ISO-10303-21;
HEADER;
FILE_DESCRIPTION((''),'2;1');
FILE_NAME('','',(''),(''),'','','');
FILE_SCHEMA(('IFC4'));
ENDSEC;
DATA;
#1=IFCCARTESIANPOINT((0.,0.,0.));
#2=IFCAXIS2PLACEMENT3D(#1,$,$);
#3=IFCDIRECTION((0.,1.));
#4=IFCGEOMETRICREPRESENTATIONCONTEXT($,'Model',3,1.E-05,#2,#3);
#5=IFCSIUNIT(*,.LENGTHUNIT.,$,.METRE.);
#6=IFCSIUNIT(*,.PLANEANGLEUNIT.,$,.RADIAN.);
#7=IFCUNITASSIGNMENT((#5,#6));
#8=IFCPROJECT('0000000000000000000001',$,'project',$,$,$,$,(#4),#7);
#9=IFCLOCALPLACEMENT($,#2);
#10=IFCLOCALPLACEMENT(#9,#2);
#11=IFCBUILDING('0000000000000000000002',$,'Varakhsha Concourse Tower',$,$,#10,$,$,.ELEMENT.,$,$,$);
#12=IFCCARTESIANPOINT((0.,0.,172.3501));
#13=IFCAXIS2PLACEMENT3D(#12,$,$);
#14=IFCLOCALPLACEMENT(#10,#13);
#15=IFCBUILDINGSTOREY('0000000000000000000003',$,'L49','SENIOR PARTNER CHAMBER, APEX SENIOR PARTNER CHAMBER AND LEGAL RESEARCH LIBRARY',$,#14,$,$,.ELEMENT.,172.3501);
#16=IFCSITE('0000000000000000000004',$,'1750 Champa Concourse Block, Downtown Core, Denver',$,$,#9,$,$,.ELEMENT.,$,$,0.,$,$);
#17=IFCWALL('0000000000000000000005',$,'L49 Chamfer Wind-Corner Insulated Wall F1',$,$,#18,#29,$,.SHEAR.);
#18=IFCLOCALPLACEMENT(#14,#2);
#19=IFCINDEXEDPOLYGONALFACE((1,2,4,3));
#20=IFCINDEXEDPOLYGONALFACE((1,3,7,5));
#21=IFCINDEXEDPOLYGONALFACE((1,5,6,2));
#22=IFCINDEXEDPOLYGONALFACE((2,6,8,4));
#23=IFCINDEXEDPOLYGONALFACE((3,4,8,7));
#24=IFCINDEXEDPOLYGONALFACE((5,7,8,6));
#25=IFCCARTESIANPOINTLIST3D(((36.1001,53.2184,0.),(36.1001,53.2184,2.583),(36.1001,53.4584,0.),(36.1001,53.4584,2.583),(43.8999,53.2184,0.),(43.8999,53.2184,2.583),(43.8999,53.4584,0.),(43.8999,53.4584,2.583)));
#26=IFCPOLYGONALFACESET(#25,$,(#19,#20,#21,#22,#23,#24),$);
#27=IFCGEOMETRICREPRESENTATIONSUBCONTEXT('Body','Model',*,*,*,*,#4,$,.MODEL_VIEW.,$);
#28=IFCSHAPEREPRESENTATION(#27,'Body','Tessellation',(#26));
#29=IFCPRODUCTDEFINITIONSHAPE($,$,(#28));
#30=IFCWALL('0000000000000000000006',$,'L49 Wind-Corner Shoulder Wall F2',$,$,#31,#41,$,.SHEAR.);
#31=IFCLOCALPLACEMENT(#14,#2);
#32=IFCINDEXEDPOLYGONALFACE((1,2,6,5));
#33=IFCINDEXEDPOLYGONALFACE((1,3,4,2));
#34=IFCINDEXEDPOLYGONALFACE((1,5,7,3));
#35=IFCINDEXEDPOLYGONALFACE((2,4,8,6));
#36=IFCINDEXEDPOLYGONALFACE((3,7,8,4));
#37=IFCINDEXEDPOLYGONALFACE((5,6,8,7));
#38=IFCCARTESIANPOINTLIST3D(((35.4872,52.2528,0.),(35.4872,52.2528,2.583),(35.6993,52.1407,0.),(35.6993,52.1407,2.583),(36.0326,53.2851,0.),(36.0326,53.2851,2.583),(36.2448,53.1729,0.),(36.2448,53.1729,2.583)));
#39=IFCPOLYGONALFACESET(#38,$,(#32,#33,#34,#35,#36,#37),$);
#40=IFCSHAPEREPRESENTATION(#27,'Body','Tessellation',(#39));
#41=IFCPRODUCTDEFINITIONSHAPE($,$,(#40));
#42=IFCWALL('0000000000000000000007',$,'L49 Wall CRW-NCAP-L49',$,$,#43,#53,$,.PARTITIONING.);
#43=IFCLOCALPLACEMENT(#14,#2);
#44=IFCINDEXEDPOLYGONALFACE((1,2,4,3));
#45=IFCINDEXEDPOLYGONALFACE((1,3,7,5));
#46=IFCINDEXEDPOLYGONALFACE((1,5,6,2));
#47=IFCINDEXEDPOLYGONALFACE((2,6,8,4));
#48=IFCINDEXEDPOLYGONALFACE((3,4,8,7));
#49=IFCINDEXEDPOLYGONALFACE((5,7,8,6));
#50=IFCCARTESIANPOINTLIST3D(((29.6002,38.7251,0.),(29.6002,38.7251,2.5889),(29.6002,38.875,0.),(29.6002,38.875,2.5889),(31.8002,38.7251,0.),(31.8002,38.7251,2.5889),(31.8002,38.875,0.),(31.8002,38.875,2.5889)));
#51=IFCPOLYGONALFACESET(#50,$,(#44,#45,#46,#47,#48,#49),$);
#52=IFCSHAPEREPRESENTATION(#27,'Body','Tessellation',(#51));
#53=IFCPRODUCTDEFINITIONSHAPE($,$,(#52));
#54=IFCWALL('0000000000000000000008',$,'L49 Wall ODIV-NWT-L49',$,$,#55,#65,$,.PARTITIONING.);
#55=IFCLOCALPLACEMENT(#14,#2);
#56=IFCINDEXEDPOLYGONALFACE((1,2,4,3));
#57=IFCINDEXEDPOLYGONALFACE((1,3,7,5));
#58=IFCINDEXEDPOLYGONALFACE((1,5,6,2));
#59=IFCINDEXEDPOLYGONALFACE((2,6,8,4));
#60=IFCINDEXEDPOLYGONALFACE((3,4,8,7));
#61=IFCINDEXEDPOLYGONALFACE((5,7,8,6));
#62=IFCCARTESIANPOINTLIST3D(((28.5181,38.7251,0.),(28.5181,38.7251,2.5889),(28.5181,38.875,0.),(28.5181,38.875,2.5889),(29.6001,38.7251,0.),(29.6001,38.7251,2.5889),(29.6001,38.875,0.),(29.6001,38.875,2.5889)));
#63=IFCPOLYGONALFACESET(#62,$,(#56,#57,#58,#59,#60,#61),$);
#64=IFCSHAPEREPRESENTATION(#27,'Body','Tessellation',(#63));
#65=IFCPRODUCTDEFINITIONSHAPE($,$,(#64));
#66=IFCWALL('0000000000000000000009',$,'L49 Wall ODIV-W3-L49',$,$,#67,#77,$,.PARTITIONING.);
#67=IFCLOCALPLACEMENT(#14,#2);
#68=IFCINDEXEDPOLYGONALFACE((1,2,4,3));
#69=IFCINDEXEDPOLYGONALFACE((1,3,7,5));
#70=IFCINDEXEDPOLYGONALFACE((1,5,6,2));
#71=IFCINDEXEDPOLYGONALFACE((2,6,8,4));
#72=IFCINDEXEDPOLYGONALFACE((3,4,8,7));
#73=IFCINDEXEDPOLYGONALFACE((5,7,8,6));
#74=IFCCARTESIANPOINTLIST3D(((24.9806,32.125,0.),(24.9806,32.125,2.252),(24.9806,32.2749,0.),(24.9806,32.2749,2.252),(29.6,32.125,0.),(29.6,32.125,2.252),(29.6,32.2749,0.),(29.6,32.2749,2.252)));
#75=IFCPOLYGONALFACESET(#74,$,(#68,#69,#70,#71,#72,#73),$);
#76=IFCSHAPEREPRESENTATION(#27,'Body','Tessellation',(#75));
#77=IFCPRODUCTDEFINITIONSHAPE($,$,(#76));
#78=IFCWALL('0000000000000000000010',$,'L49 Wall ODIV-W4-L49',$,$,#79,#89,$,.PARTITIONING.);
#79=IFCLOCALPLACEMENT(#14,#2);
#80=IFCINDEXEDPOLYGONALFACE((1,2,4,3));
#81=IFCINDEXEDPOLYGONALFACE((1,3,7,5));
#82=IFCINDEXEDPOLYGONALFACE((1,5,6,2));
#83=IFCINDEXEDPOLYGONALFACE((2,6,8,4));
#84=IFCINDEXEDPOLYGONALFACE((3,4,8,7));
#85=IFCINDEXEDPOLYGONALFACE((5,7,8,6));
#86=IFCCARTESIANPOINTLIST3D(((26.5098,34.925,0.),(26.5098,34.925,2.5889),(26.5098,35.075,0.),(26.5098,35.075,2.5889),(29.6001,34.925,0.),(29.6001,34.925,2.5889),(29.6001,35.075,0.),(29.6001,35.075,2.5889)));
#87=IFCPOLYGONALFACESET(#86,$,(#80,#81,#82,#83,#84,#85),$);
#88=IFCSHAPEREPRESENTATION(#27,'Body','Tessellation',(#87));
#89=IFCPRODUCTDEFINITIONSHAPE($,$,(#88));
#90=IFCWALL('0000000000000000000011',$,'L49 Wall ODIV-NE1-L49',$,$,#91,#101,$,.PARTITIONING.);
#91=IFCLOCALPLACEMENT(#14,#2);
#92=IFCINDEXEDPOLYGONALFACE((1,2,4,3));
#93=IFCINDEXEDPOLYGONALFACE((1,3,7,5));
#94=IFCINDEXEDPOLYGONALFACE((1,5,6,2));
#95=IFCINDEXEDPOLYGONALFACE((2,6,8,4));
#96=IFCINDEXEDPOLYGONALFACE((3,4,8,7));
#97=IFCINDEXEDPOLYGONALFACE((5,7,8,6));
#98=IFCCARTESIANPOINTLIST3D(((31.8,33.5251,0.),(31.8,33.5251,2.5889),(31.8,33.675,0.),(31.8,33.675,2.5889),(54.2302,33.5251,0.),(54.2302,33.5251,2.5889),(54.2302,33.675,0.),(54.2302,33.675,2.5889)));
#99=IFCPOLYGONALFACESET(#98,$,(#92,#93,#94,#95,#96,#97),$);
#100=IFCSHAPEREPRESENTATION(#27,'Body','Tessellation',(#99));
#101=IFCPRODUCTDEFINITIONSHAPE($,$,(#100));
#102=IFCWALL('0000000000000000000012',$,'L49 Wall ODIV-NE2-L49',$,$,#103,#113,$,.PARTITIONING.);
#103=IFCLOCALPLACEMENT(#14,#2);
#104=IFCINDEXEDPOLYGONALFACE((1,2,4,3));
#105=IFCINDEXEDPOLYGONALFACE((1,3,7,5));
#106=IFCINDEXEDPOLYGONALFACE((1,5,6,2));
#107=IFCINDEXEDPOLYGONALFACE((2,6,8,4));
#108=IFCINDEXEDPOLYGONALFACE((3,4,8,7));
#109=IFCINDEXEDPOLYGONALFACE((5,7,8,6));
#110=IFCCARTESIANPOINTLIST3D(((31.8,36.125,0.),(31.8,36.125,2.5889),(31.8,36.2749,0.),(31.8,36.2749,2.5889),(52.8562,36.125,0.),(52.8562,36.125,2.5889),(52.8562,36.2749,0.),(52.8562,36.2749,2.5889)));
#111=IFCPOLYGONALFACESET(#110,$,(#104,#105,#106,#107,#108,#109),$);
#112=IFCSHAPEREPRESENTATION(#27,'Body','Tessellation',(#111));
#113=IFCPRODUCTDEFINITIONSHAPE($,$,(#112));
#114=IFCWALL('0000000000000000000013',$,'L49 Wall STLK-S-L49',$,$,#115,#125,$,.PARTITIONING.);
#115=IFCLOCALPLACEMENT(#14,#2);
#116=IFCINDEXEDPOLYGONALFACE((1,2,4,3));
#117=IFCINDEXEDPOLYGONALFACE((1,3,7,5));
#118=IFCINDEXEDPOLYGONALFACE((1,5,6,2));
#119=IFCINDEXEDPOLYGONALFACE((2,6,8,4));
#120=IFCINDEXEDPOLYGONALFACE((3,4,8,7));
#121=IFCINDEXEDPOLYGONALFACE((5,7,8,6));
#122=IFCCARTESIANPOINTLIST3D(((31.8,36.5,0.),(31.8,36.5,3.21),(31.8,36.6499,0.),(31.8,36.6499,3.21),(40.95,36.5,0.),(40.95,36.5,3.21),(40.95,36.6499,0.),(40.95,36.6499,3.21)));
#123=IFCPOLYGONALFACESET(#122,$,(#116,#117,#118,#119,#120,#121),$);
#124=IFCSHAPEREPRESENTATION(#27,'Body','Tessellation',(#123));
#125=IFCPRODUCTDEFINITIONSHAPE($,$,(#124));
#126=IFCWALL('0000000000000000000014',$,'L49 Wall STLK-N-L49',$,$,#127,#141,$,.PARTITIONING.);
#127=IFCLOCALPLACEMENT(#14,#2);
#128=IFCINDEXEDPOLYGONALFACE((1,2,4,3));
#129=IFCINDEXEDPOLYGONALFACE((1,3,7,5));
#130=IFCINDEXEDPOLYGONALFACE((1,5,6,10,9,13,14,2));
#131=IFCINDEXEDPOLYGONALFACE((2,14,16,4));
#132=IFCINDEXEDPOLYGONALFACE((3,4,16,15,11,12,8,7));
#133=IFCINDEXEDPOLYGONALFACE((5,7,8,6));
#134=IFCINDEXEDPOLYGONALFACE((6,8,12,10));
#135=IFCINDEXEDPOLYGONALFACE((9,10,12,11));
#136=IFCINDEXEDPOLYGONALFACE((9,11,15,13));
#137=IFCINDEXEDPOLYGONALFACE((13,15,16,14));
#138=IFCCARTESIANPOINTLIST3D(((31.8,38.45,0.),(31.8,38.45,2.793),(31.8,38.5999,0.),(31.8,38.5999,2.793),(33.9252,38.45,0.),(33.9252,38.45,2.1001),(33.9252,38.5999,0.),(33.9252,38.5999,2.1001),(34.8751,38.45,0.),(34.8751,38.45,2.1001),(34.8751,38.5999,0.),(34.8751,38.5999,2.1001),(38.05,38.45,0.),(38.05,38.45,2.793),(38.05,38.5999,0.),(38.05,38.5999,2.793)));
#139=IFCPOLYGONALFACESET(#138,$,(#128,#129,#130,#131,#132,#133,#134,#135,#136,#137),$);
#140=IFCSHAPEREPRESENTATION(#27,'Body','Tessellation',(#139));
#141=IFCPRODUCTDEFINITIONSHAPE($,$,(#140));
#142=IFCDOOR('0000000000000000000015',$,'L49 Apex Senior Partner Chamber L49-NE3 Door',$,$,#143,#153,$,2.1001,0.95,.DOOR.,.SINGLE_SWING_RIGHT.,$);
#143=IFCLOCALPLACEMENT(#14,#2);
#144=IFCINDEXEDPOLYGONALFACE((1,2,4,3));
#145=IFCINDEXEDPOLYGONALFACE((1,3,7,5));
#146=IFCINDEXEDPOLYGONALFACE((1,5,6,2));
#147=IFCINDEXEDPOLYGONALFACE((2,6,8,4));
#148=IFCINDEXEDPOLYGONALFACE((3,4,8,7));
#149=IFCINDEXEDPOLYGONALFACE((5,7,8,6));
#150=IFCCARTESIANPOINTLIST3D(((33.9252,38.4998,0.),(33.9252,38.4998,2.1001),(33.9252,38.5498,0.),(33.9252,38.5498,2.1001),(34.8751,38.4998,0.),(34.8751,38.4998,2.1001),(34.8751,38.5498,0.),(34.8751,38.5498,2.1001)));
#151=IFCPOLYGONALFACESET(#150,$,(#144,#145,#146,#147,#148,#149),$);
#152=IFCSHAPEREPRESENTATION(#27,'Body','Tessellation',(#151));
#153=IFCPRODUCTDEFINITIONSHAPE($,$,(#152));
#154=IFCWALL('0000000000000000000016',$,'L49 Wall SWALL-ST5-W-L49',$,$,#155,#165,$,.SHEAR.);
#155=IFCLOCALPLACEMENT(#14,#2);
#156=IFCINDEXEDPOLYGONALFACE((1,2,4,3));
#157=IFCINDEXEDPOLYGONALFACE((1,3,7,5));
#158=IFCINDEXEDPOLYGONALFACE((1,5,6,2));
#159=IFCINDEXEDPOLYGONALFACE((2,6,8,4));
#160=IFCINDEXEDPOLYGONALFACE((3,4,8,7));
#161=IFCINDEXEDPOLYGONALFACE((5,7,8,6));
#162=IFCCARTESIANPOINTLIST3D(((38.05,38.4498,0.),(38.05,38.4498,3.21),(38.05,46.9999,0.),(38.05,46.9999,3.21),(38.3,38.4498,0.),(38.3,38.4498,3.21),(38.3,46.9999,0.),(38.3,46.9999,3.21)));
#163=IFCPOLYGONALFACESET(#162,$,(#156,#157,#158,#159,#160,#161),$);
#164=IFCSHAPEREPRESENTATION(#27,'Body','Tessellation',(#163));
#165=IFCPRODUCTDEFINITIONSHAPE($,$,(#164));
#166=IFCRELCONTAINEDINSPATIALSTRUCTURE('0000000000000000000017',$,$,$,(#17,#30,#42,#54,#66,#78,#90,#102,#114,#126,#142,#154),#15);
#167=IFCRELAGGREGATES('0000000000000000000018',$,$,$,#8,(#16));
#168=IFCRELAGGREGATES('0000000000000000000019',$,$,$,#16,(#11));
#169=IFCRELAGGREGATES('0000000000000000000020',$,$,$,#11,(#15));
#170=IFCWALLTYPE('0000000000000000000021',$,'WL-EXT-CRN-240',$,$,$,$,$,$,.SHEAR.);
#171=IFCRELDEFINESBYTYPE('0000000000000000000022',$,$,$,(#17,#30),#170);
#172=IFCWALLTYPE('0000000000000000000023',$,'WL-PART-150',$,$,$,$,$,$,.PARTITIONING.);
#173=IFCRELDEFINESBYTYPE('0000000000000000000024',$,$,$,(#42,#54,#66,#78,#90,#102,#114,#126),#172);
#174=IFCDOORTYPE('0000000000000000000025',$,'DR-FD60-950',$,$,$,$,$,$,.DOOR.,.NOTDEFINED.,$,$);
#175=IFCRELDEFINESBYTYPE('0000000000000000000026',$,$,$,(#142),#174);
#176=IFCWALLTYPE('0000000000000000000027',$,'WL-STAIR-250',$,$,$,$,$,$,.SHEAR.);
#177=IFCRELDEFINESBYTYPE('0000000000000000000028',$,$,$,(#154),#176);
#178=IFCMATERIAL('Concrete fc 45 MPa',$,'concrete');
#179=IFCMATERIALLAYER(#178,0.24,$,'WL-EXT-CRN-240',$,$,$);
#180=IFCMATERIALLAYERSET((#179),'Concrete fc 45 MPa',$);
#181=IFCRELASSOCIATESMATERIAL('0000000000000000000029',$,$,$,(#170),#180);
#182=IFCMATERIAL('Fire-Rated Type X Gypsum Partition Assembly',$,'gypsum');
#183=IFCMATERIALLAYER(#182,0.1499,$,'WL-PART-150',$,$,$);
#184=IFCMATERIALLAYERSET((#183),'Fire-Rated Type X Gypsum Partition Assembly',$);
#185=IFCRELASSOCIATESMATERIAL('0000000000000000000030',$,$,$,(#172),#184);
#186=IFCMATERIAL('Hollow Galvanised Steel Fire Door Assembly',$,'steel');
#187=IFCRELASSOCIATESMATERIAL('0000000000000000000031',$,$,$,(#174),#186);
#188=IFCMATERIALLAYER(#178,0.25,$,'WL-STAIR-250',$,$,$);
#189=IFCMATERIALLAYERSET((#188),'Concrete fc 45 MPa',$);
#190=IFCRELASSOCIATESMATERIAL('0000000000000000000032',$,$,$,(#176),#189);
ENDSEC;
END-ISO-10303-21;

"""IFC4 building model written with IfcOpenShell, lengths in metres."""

from ifc_helpers import new_model, si_unit, direction, frame, frame_2d, origin, place, context, subcontext, project, spatial, rectangle, extrude, material, layer, layer_set, type_object, element, fill, save


model = new_model("IFC4")

# Units and contexts
model_context = context("Model", 3, precision=1e-05, world=origin(), true_north=direction((0.0, 1.0)))
body_context = subcontext(model_context, "Body", "Model", "MODEL_VIEW")
ifc_project = project(units=[si_unit("LENGTHUNIT", "METRE"), si_unit("PLANEANGLEUNIT", "RADIAN")], contexts=[model_context])

# Site, building, storey
site_placement = place(None, origin())
site = spatial("IfcSite", under=ifc_project, at=site_placement, Name="1750 Champa Concourse Block, Downtown Core, Denver", CompositionType="ELEMENT", RefElevation=0.0)
building_placement = place(site_placement, origin())
building = spatial("IfcBuilding", under=site, at=building_placement, Name="Varakhsha Concourse Tower", CompositionType="ELEMENT")
storey_placement = place(building_placement, frame((0.0, 0.0, 172.3501)))
storey = spatial("IfcBuildingStorey", under=building, at=storey_placement, Name="L49", Description="SENIOR PARTNER CHAMBER, APEX SENIOR PARTNER CHAMBER AND LEGAL RESEARCH LIBRARY", CompositionType="ELEMENT", Elevation=172.3501)

# Walls
ifc_material_1 = material(Name="Concrete fc 45 MPa", Category="concrete")
ifc_layer_1 = layer(ifc_material_1, 0.24, Name="WL-EXT-CRN-240")
ifc_layer_set_1 = layer_set([ifc_layer_1], Name="Concrete fc 45 MPa")
wall_type_1 = type_object("IfcWallType", Name="WL-EXT-CRN-240", PredefinedType="SHEAR", material=ifc_layer_set_1)
wall_1_placement = place(storey_placement, frame((36.1001, 53.3384, 0.0), z_axis=(0.0, 0.0, 1.0), x_axis=(1.0, 0.0, 0.0)))
element("IfcWall", 1, at=wall_1_placement, inside=storey, type_object=wall_type_1, Name="L49 Chamfer Wind-Corner Insulated Wall F1", PredefinedType="SHEAR", context=body_context, shape_type="SweptSolid", body=[
    extrude(rectangle(XDim=7.7998, YDim=0.24, at=frame_2d((3.8999, 0.0))), origin(), (0.0, 0.0, 1.0), 2.583),
])
wall_2_placement = place(storey_placement, frame((36.1387, 53.229, 0.0), z_axis=(0.0, 0.0, 1.0), x_axis=(-0.467177, -0.884164, 0.0)))
element("IfcWall", 2, at=wall_2_placement, inside=storey, type_object=wall_type_1, Name="L49 Wind-Corner Shoulder Wall F2", PredefinedType="SHEAR", context=body_context, shape_type="SweptSolid", body=[
    extrude(rectangle(XDim=1.1675, YDim=0.24, at=frame_2d((0.5837, 0.0))), origin(), (0.0, 0.0, 1.0), 2.583),
])
ifc_material_2 = material(Name="Fire-Rated Type X Gypsum Partition Assembly", Category="gypsum")
ifc_layer_2 = layer(ifc_material_2, 0.1499, Name="WL-PART-150")
ifc_layer_set_2 = layer_set([ifc_layer_2], Name="Fire-Rated Type X Gypsum Partition Assembly")
wall_type_2 = type_object("IfcWallType", Name="WL-PART-150", PredefinedType="PARTITIONING", material=ifc_layer_set_2)
wall_3_placement = place(storey_placement, frame((29.6001, 38.8, 0.0), z_axis=(0.0, 0.0, 1.0), x_axis=(1.0, 0.0, 0.0)))
element("IfcWall", 3, at=wall_3_placement, inside=storey, type_object=wall_type_2, Name="L49 Wall CRW-NCAP-L49", PredefinedType="PARTITIONING", context=body_context, shape_type="SweptSolid", body=[
    extrude(rectangle(XDim=2.2, YDim=0.1499, at=frame_2d((1.1001, 0.0))), origin(), (0.0, 0.0, 1.0), 2.5889),
])
wall_4_placement = place(storey_placement, frame((28.5181, 38.8, 0.0), z_axis=(0.0, 0.0, 1.0), x_axis=(1.0, 0.0, 0.0)))
element("IfcWall", 4, at=wall_4_placement, inside=storey, type_object=wall_type_2, Name="L49 Wall ODIV-NWT-L49", PredefinedType="PARTITIONING", context=body_context, shape_type="SweptSolid", body=[
    extrude(rectangle(XDim=1.082, YDim=0.1499, at=frame_2d((0.541, 0.0))), origin(), (0.0, 0.0, 1.0), 2.5889),
])
wall_5_placement = place(storey_placement, frame((24.9807, 32.2, 0.0), z_axis=(0.0, 0.0, 1.0), x_axis=(1.0, 0.0, 0.0)))
element("IfcWall", 5, at=wall_5_placement, inside=storey, type_object=wall_type_2, Name="L49 Wall ODIV-W3-L49", PredefinedType="PARTITIONING", context=body_context, shape_type="SweptSolid", body=[
    extrude(rectangle(XDim=4.6194, YDim=0.1499, at=frame_2d((2.3096, 0.0))), origin(), (0.0, 0.0, 1.0), 2.252),
])
wall_6_placement = place(storey_placement, frame((26.5098, 35.0, 0.0), z_axis=(0.0, 0.0, 1.0), x_axis=(1.0, 0.0, 0.0)))
element("IfcWall", 6, at=wall_6_placement, inside=storey, type_object=wall_type_2, Name="L49 Wall ODIV-W4-L49", PredefinedType="PARTITIONING", context=body_context, shape_type="SweptSolid", body=[
    extrude(rectangle(XDim=3.0903, YDim=0.1499, at=frame_2d((1.5452, 0.0))), origin(), (0.0, 0.0, 1.0), 2.5889),
])
wall_7_placement = place(storey_placement, frame((31.8, 33.6001, 0.0), z_axis=(0.0, 0.0, 1.0), x_axis=(1.0, 0.0, 0.0)))
element("IfcWall", 7, at=wall_7_placement, inside=storey, type_object=wall_type_2, Name="L49 Wall ODIV-NE1-L49", PredefinedType="PARTITIONING", context=body_context, shape_type="SweptSolid", body=[
    extrude(rectangle(XDim=22.4302, YDim=0.1499, at=frame_2d((11.2151, 0.0))), origin(), (0.0, 0.0, 1.0), 2.5889),
])
wall_8_placement = place(storey_placement, frame((31.8, 36.2, 0.0), z_axis=(0.0, 0.0, 1.0), x_axis=(1.0, 0.0, 0.0)))
element("IfcWall", 8, at=wall_8_placement, inside=storey, type_object=wall_type_2, Name="L49 Wall ODIV-NE2-L49", PredefinedType="PARTITIONING", context=body_context, shape_type="SweptSolid", body=[
    extrude(rectangle(XDim=21.0562, YDim=0.1499, at=frame_2d((10.5281, 0.0))), origin(), (0.0, 0.0, 1.0), 2.5889),
])
wall_9_placement = place(storey_placement, frame((31.8, 36.575, 0.0), z_axis=(0.0, 0.0, 1.0), x_axis=(1.0, 0.0, 0.0)))
element("IfcWall", 9, at=wall_9_placement, inside=storey, type_object=wall_type_2, Name="L49 Wall STLK-S-L49", PredefinedType="PARTITIONING", context=body_context, shape_type="SweptSolid", body=[
    extrude(rectangle(XDim=9.1499, YDim=0.1499, at=frame_2d((4.575, 0.0))), origin(), (0.0, 0.0, 1.0), 3.21),
])

# Wall, opening, door
wall_10_placement = place(storey_placement, frame((31.8, 38.5249, 0.0), z_axis=(0.0, 0.0, 1.0), x_axis=(1.0, 0.0, 0.0)))
wall_10 = element("IfcWall", 10, at=wall_10_placement, inside=storey, type_object=wall_type_2, Name="L49 Wall STLK-N-L49", PredefinedType="PARTITIONING", context=body_context, shape_type="SweptSolid", body=[
    extrude(rectangle(XDim=6.25, YDim=0.1499, at=frame_2d((3.125, 0.0))), origin(), (0.0, 0.0, 1.0), 2.793),
])
opening_placement = place(wall_10_placement, frame((2.125, 0.0, 0.0)))
opening = element("IfcOpeningElement", 11, at=opening_placement, cuts=wall_10, PredefinedType="OPENING", context=body_context, shape_type="SweptSolid", body=[
    extrude(rectangle(XDim=0.95, YDim=2.1001, at=frame_2d((0.4751, 1.05))), frame((0.0, 0.085, 0.0), z_axis=(0.0, -1.0, 0.0), x_axis=(1.0, 0.0, 0.0)), (0.0, 0.0, 1.0), 0.1699),
])
ifc_material_3 = material(Name="Hollow Galvanised Steel Fire Door Assembly", Category="steel")
door_type = type_object("IfcDoorType", Name="DR-FD60-950", OperationType="NOTDEFINED", PredefinedType="DOOR", material=ifc_material_3)
door_placement = place(opening_placement, origin())
door = element("IfcDoor", 12, at=door_placement, inside=storey, type_object=door_type, Name="L49 Apex Senior Partner Chamber L49-NE3 Door", OperationType="SINGLE_SWING_RIGHT", OverallHeight=2.1001, OverallWidth=0.95, PredefinedType="DOOR", context=body_context, shape_type="SweptSolid", body=[
    extrude(rectangle(XDim=0.95, YDim=2.1001, at=frame_2d((0.4751, 1.05))), frame((0.0, 0.0249, 0.0), z_axis=(0.0, -1.0, 0.0), x_axis=(1.0, 0.0, 0.0)), (0.0, 0.0, 1.0), 0.05),
])
fill(opening, door)

# Wall
ifc_layer_3 = layer(ifc_material_1, 0.25, Name="WL-STAIR-250")
ifc_layer_set_3 = layer_set([ifc_layer_3], Name="Concrete fc 45 MPa")
wall_type_3 = type_object("IfcWallType", Name="WL-STAIR-250", PredefinedType="SHEAR", material=ifc_layer_set_3)
wall_11_placement = place(storey_placement, frame((38.175, 38.45, 0.0), z_axis=(0.0, 0.0, 1.0), x_axis=(0.0, 1.0, 0.0)))
element("IfcWall", 13, at=wall_11_placement, inside=storey, type_object=wall_type_3, Name="L49 Wall SWALL-ST5-W-L49", PredefinedType="SHEAR", context=body_context, shape_type="SweptSolid", body=[
    extrude(rectangle(XDim=8.55, YDim=0.25, at=frame_2d((4.2749, 0.0))), origin(), (0.0, 0.0, 1.0), 3.21),
])

save(model, "model.ifc")
